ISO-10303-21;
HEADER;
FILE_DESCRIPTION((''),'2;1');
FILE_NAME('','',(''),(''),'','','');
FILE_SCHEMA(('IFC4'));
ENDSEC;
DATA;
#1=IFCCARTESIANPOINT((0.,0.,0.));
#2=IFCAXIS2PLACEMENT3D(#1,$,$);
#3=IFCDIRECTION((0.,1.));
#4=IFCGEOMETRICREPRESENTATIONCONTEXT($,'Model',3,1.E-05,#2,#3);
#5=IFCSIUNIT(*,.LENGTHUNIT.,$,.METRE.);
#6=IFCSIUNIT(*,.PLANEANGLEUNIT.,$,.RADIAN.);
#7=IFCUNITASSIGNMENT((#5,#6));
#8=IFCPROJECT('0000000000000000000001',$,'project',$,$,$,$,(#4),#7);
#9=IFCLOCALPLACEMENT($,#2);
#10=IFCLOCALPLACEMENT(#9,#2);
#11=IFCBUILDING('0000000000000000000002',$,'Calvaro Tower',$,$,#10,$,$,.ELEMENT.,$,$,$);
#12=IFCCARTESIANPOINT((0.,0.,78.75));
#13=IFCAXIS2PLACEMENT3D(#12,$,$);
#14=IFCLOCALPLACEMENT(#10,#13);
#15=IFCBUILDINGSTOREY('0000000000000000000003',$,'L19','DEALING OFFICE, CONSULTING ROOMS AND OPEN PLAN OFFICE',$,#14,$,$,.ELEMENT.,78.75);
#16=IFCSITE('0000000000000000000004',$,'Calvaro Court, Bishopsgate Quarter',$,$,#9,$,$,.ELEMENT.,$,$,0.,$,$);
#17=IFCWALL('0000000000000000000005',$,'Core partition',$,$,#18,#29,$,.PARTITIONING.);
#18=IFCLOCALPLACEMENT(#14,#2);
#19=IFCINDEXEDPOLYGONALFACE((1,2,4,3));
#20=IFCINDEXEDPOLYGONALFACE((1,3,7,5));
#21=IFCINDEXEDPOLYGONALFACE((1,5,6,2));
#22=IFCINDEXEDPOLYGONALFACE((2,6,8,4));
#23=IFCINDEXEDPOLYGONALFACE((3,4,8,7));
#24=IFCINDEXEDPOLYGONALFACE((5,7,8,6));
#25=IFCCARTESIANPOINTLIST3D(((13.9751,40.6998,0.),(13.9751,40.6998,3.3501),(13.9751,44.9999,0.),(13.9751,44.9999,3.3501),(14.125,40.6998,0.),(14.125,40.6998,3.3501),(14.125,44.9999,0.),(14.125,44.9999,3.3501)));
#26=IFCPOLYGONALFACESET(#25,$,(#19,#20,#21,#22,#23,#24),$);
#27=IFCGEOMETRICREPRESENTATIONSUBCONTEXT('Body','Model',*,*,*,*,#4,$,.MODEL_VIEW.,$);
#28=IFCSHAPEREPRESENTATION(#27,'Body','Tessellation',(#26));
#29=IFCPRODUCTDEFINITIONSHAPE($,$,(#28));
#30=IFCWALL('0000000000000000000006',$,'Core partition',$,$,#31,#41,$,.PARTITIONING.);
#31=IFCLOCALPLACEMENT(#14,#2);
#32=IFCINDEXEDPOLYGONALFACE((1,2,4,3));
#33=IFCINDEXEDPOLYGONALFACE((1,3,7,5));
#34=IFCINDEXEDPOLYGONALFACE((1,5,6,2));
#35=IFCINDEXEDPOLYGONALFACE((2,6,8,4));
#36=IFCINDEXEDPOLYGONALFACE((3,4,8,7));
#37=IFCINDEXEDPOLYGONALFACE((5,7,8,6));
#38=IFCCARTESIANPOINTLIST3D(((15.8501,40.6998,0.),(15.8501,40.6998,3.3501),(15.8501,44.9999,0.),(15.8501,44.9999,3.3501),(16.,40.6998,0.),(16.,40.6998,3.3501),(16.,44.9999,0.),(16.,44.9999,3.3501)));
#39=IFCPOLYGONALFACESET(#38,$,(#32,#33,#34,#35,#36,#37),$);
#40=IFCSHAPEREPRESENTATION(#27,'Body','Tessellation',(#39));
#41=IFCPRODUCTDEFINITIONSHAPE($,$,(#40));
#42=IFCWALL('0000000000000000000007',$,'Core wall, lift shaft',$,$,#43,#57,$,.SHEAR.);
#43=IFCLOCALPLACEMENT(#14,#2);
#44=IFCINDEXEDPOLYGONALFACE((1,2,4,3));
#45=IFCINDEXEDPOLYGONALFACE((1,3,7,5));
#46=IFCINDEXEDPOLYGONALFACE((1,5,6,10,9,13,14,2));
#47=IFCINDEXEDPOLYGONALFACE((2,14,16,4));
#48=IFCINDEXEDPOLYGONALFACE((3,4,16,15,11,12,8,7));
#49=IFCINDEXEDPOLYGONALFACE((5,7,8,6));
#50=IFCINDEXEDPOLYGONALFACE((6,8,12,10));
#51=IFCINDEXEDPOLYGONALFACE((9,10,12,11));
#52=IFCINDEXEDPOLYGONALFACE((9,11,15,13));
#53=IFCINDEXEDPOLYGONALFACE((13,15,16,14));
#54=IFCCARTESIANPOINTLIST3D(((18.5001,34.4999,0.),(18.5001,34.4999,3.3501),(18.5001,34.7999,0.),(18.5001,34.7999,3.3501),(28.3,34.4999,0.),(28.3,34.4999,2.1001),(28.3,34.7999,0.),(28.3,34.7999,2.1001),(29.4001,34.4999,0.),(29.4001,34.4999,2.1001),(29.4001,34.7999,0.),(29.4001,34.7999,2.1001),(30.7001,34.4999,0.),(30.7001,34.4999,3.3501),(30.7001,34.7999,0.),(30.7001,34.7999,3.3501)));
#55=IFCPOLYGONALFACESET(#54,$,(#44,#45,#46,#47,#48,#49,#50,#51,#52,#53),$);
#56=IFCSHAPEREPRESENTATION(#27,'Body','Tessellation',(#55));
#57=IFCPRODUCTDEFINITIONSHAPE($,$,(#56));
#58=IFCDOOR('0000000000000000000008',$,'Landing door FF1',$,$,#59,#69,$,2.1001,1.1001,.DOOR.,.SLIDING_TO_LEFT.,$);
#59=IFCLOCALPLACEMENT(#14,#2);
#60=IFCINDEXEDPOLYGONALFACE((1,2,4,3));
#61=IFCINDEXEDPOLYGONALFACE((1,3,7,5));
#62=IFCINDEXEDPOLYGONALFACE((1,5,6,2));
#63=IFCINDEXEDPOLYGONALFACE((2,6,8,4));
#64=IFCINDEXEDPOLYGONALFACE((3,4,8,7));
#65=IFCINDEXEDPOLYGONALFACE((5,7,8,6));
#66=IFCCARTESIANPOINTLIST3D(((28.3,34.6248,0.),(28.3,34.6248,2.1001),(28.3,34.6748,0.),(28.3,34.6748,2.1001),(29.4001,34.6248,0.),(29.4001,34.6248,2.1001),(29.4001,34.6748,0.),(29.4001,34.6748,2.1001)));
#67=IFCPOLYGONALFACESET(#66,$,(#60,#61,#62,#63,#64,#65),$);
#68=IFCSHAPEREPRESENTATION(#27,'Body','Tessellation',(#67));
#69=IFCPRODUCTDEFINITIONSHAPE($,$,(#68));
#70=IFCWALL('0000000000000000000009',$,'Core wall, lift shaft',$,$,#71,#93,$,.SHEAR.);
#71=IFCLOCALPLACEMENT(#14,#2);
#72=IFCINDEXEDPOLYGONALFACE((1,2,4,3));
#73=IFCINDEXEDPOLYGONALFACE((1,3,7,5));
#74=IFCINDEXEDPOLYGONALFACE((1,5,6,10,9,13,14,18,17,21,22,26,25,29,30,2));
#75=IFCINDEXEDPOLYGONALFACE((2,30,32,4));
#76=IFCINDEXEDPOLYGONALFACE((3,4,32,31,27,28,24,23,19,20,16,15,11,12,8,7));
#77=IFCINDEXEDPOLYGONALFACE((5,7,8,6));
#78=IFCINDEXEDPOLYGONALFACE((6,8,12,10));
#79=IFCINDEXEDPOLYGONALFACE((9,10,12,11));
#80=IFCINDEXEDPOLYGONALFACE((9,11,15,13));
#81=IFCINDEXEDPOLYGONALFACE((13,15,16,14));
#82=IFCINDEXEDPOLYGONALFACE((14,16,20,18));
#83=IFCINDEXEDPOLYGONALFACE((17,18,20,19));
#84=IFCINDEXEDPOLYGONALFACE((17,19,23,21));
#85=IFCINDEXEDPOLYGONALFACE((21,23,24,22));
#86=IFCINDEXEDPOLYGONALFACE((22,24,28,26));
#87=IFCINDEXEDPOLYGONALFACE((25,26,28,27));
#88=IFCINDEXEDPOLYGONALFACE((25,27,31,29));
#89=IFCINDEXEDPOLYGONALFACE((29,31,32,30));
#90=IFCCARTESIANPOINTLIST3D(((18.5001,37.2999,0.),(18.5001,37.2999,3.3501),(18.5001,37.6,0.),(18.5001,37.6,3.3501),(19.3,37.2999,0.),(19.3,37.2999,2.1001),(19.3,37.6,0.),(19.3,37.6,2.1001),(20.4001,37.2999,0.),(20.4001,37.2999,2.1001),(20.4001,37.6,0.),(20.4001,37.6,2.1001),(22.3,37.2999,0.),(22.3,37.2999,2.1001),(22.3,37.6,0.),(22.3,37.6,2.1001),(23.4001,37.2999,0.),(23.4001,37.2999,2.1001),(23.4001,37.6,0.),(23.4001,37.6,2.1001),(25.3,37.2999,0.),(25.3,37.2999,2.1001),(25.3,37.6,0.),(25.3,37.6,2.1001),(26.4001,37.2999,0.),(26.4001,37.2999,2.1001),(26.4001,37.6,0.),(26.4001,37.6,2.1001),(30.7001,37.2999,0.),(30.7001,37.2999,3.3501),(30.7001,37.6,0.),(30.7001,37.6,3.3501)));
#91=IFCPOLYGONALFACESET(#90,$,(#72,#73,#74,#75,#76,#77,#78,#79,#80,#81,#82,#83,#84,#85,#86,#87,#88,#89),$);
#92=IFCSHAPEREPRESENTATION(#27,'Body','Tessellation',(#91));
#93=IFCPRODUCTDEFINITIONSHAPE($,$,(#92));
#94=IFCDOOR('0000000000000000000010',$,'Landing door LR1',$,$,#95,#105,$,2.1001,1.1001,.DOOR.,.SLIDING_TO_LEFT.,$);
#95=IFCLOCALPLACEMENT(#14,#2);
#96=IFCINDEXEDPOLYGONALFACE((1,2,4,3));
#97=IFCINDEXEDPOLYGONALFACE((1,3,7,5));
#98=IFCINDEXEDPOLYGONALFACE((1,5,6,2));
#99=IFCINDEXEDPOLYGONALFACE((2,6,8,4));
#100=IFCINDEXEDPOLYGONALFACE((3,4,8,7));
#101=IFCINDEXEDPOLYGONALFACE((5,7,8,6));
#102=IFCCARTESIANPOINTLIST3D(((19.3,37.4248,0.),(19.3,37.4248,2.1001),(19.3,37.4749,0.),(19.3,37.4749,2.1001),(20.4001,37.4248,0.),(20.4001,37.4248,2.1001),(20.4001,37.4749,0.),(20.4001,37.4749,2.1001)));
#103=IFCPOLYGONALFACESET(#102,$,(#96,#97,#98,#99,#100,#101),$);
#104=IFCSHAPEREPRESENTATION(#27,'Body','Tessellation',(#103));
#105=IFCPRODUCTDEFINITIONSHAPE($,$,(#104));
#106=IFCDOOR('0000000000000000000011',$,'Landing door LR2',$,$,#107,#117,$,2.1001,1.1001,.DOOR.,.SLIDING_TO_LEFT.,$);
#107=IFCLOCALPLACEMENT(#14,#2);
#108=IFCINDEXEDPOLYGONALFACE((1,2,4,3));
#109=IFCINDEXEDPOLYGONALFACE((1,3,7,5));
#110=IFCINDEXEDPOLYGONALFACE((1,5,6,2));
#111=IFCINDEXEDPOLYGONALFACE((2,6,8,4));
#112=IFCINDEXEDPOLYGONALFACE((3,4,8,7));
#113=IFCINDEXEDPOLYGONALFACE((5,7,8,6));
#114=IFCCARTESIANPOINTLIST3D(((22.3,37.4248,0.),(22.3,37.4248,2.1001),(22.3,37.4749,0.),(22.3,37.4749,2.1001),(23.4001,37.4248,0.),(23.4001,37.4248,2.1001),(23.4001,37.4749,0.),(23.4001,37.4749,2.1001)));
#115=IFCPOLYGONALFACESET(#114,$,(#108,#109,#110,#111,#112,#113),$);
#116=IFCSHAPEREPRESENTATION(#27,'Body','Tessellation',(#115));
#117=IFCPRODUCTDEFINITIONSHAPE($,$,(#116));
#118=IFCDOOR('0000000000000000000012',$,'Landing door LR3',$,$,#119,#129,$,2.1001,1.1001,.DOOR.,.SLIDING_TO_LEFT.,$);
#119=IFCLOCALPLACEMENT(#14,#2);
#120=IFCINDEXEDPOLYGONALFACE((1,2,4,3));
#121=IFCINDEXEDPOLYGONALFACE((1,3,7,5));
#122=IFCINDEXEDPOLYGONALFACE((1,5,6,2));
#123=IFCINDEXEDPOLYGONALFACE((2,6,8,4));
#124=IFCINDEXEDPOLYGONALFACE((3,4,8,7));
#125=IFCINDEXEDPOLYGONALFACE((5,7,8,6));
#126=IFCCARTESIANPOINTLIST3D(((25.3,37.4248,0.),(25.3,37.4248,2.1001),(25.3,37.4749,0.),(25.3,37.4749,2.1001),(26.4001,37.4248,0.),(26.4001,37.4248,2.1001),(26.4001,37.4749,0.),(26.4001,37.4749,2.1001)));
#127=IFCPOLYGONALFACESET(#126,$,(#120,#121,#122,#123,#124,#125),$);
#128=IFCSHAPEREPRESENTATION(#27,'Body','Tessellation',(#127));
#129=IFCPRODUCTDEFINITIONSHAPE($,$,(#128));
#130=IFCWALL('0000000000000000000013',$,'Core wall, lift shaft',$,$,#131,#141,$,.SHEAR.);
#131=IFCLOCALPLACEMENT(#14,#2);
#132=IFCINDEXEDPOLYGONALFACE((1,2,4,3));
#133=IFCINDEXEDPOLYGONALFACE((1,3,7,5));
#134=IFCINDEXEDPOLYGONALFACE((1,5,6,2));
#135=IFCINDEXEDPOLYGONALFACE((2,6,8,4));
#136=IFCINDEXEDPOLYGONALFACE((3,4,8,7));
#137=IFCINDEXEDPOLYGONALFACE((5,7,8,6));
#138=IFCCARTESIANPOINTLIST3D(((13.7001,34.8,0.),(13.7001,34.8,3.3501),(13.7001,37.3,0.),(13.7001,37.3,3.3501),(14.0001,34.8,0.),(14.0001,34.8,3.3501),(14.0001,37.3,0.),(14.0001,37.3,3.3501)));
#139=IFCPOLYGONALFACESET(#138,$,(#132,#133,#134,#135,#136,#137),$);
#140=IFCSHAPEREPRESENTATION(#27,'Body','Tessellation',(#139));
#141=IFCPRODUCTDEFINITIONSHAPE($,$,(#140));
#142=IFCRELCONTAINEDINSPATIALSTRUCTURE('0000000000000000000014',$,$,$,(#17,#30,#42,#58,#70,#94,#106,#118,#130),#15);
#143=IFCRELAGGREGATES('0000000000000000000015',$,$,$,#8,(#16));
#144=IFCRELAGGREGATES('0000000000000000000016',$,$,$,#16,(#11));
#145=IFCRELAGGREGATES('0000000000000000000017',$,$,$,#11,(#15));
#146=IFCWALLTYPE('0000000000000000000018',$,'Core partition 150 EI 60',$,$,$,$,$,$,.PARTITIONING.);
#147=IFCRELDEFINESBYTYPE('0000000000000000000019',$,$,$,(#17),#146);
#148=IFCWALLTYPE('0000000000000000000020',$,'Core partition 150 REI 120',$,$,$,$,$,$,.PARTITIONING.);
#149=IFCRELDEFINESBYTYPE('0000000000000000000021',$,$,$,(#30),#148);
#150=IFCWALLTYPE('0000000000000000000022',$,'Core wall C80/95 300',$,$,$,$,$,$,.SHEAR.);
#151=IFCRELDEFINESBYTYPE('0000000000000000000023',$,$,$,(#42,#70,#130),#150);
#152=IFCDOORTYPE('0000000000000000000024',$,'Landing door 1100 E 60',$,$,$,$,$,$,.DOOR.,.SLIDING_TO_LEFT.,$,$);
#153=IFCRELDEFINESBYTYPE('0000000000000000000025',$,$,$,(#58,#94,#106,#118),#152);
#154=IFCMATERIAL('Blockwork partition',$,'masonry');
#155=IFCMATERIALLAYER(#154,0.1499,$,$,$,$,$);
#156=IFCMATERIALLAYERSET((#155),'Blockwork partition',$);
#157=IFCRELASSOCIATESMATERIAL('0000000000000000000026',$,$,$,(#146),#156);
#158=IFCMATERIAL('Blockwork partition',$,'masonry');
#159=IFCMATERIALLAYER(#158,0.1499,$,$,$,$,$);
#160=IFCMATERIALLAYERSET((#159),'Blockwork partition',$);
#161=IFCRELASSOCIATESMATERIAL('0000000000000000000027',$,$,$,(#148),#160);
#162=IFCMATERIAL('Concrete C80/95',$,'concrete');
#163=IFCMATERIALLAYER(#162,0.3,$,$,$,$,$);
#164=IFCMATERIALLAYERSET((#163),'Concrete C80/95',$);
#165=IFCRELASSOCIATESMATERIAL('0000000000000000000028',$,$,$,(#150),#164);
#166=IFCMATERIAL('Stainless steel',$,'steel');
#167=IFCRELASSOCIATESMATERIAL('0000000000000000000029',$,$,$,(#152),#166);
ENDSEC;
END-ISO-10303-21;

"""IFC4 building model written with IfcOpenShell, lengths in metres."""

from ifc_helpers import new_model, si_unit, direction, frame, frame_2d, origin, place, context, subcontext, project, spatial, rectangle, extrude, material, layer, layer_set, type_object, element, fill, save


model = new_model("IFC4")

# Units and contexts
model_context = context("Model", 3, precision=1e-05, world=origin(), true_north=direction((0.0, 1.0)))
body_context = subcontext(model_context, "Body", "Model", "MODEL_VIEW")
ifc_project = project(units=[si_unit("LENGTHUNIT", "METRE"), si_unit("PLANEANGLEUNIT", "RADIAN")], contexts=[model_context])

# Site, building, storey
site_placement = place(None, origin())
site = spatial("IfcSite", under=ifc_project, at=site_placement, Name="Calvaro Court, Bishopsgate Quarter", CompositionType="ELEMENT", RefElevation=0.0)
building_placement = place(site_placement, origin())
building = spatial("IfcBuilding", under=site, at=building_placement, Name="Calvaro Tower", CompositionType="ELEMENT")
storey_placement = place(building_placement, frame((0.0, 0.0, 78.75)))
storey = spatial("IfcBuildingStorey", under=building, at=storey_placement, Name="L19", Description="DEALING OFFICE, CONSULTING ROOMS AND OPEN PLAN OFFICE", CompositionType="ELEMENT", Elevation=78.75)

# Walls
ifc_material_1 = material(Name="Blockwork partition", Category="masonry")
ifc_layer_1 = layer(ifc_material_1, 0.1499)
ifc_layer_set_1 = layer_set([ifc_layer_1], Name="Blockwork partition")
wall_type_1 = type_object("IfcWallType", Name="Core partition 150 EI 60", PredefinedType="PARTITIONING", material=ifc_layer_set_1)
wall_1_placement = place(storey_placement, frame((14.05, 40.7, 0.0), z_axis=(0.0, 0.0, 1.0), x_axis=(0.0, 1.0, 0.0)))
element("IfcWall", 1, at=wall_1_placement, inside=storey, type_object=wall_type_1, Name="Core partition", PredefinedType="PARTITIONING", context=body_context, shape_type="SweptSolid", body=[
    extrude(rectangle(XDim=4.3, YDim=0.1499, at=frame_2d((2.1499, 0.0))), origin(), (0.0, 0.0, 1.0), 3.3501),
])
ifc_material_2 = material(Name="Blockwork partition", Category="masonry")
ifc_layer_2 = layer(ifc_material_2, 0.1499)
ifc_layer_set_2 = layer_set([ifc_layer_2], Name="Blockwork partition")
wall_type_2 = type_object("IfcWallType", Name="Core partition 150 REI 120", PredefinedType="PARTITIONING", material=ifc_layer_set_2)
wall_2_placement = place(storey_placement, frame((15.925, 40.7, 0.0), z_axis=(0.0, 0.0, 1.0), x_axis=(0.0, 1.0, 0.0)))
element("IfcWall", 2, at=wall_2_placement, inside=storey, type_object=wall_type_2, Name="Core partition", PredefinedType="PARTITIONING", context=body_context, shape_type="SweptSolid", body=[
    extrude(rectangle(XDim=4.3, YDim=0.1499, at=frame_2d((2.1499, 0.0))), origin(), (0.0, 0.0, 1.0), 3.3501),
])

# Wall, opening, door
ifc_material_3 = material(Name="Concrete C80/95", Category="concrete")
ifc_layer_3 = layer(ifc_material_3, 0.3)
ifc_layer_set_3 = layer_set([ifc_layer_3], Name="Concrete C80/95")
wall_type_3 = type_object("IfcWallType", Name="Core wall C80/95 300", PredefinedType="SHEAR", material=ifc_layer_set_3)
wall_3_placement = place(storey_placement, frame((18.5, 34.6499, 0.0), z_axis=(0.0, 0.0, 1.0), x_axis=(1.0, 0.0, 0.0)))
wall_3 = element("IfcWall", 3, at=wall_3_placement, inside=storey, type_object=wall_type_3, Name="Core wall, lift shaft", PredefinedType="SHEAR", context=body_context, shape_type="SweptSolid", body=[
    extrude(rectangle(XDim=12.2, YDim=0.3, at=frame_2d((6.1001, 0.0))), origin(), (0.0, 0.0, 1.0), 3.3501),
])
opening_1_placement = place(wall_3_placement, frame((9.8, 0.0, 0.0)))
opening_1 = element("IfcOpeningElement", 4, at=opening_1_placement, cuts=wall_3, PredefinedType="OPENING", context=body_context, shape_type="SweptSolid", body=[
    extrude(rectangle(XDim=1.1001, YDim=2.1001, at=frame_2d((0.55, 1.05))), frame((0.0, 0.1599, 0.0), z_axis=(0.0, -1.0, 0.0), x_axis=(1.0, 0.0, 0.0)), (0.0, 0.0, 1.0), 0.3201),
])
ifc_material_4 = material(Name="Stainless steel", Category="steel")
door_type_1 = type_object("IfcDoorType", Name="Landing door 1100 E 60", OperationType="SLIDING_TO_LEFT", PredefinedType="DOOR", material=ifc_material_4)
door_1_placement = place(opening_1_placement, origin())
door_1 = element("IfcDoor", 5, at=door_1_placement, inside=storey, type_object=door_type_1, Name="Landing door FF1", OperationType="SLIDING_TO_LEFT", OverallHeight=2.1001, OverallWidth=1.1001, PredefinedType="DOOR", context=body_context, shape_type="SweptSolid", body=[
    extrude(rectangle(XDim=1.1001, YDim=2.1001, at=frame_2d((0.55, 1.05))), frame((0.0, 0.0249, 0.0), z_axis=(0.0, -1.0, 0.0), x_axis=(1.0, 0.0, 0.0)), (0.0, 0.0, 1.0), 0.05),
])
fill(opening_1, door_1)

# Wall, openings, doors
wall_4_placement = place(storey_placement, frame((18.5, 37.45, 0.0), z_axis=(0.0, 0.0, 1.0), x_axis=(1.0, 0.0, 0.0)))
wall_4 = element("IfcWall", 6, at=wall_4_placement, inside=storey, type_object=wall_type_3, Name="Core wall, lift shaft", PredefinedType="SHEAR", context=body_context, shape_type="SweptSolid", body=[
    extrude(rectangle(XDim=12.2, YDim=0.3, at=frame_2d((6.1001, 0.0))), origin(), (0.0, 0.0, 1.0), 3.3501),
])
opening_2_placement = place(wall_4_placement, frame((0.8, 0.0, 0.0)))
opening_2 = element("IfcOpeningElement", 7, at=opening_2_placement, cuts=wall_4, PredefinedType="OPENING", context=body_context, shape_type="SweptSolid", body=[
    extrude(rectangle(XDim=1.1001, YDim=2.1001, at=frame_2d((0.55, 1.05))), frame((0.0, 0.1599, 0.0), z_axis=(0.0, -1.0, 0.0), x_axis=(1.0, 0.0, 0.0)), (0.0, 0.0, 1.0), 0.3201),
])
opening_3_placement = place(wall_4_placement, frame((3.8, 0.0, 0.0)))
opening_3 = element("IfcOpeningElement", 8, at=opening_3_placement, cuts=wall_4, PredefinedType="OPENING", context=body_context, shape_type="SweptSolid", body=[
    extrude(rectangle(XDim=1.1001, YDim=2.1001, at=frame_2d((0.55, 1.05))), frame((0.0, 0.1599, 0.0), z_axis=(0.0, -1.0, 0.0), x_axis=(1.0, 0.0, 0.0)), (0.0, 0.0, 1.0), 0.3201),
])
opening_4_placement = place(wall_4_placement, frame((6.8, 0.0, 0.0)))
opening_4 = element("IfcOpeningElement", 9, at=opening_4_placement, cuts=wall_4, PredefinedType="OPENING", context=body_context, shape_type="SweptSolid", body=[
    extrude(rectangle(XDim=1.1001, YDim=2.1001, at=frame_2d((0.55, 1.05))), frame((0.0, 0.1599, 0.0), z_axis=(0.0, -1.0, 0.0), x_axis=(1.0, 0.0, 0.0)), (0.0, 0.0, 1.0), 0.3201),
])
door_2_placement = place(opening_2_placement, origin())
door_2 = element("IfcDoor", 10, at=door_2_placement, inside=storey, type_object=door_type_1, Name="Landing door LR1", OperationType="SLIDING_TO_LEFT", OverallHeight=2.1001, OverallWidth=1.1001, PredefinedType="DOOR", context=body_context, shape_type="SweptSolid", body=[
    extrude(rectangle(XDim=1.1001, YDim=2.1001, at=frame_2d((0.55, 1.05))), frame((0.0, 0.0249, 0.0), z_axis=(0.0, -1.0, 0.0), x_axis=(1.0, 0.0, 0.0)), (0.0, 0.0, 1.0), 0.05),
])
fill(opening_2, door_2)
door_3_placement = place(opening_3_placement, origin())
door_3 = element("IfcDoor", 11, at=door_3_placement, inside=storey, type_object=door_type_1, Name="Landing door LR2", OperationType="SLIDING_TO_LEFT", OverallHeight=2.1001, OverallWidth=1.1001, PredefinedType="DOOR", context=body_context, shape_type="SweptSolid", body=[
    extrude(rectangle(XDim=1.1001, YDim=2.1001, at=frame_2d((0.55, 1.05))), frame((0.0, 0.0249, 0.0), z_axis=(0.0, -1.0, 0.0), x_axis=(1.0, 0.0, 0.0)), (0.0, 0.0, 1.0), 0.05),
])
fill(opening_3, door_3)
door_4_placement = place(opening_4_placement, origin())
door_4 = element("IfcDoor", 12, at=door_4_placement, inside=storey, type_object=door_type_1, Name="Landing door LR3", OperationType="SLIDING_TO_LEFT", OverallHeight=2.1001, OverallWidth=1.1001, PredefinedType="DOOR", context=body_context, shape_type="SweptSolid", body=[
    extrude(rectangle(XDim=1.1001, YDim=2.1001, at=frame_2d((0.55, 1.05))), frame((0.0, 0.0249, 0.0), z_axis=(0.0, -1.0, 0.0), x_axis=(1.0, 0.0, 0.0)), (0.0, 0.0, 1.0), 0.05),
])
fill(opening_4, door_4)

# Wall
wall_5_placement = place(storey_placement, frame((13.8501, 34.8, 0.0), z_axis=(0.0, 0.0, 1.0), x_axis=(0.0, 1.0, 0.0)))
element("IfcWall", 13, at=wall_5_placement, inside=storey, type_object=wall_type_3, Name="Core wall, lift shaft", PredefinedType="SHEAR", context=body_context, shape_type="SweptSolid", body=[
    extrude(rectangle(XDim=2.5, YDim=0.3, at=frame_2d((1.25, 0.0))), origin(), (0.0, 0.0, 1.0), 3.3501),
])

save(model, "model.ifc")
